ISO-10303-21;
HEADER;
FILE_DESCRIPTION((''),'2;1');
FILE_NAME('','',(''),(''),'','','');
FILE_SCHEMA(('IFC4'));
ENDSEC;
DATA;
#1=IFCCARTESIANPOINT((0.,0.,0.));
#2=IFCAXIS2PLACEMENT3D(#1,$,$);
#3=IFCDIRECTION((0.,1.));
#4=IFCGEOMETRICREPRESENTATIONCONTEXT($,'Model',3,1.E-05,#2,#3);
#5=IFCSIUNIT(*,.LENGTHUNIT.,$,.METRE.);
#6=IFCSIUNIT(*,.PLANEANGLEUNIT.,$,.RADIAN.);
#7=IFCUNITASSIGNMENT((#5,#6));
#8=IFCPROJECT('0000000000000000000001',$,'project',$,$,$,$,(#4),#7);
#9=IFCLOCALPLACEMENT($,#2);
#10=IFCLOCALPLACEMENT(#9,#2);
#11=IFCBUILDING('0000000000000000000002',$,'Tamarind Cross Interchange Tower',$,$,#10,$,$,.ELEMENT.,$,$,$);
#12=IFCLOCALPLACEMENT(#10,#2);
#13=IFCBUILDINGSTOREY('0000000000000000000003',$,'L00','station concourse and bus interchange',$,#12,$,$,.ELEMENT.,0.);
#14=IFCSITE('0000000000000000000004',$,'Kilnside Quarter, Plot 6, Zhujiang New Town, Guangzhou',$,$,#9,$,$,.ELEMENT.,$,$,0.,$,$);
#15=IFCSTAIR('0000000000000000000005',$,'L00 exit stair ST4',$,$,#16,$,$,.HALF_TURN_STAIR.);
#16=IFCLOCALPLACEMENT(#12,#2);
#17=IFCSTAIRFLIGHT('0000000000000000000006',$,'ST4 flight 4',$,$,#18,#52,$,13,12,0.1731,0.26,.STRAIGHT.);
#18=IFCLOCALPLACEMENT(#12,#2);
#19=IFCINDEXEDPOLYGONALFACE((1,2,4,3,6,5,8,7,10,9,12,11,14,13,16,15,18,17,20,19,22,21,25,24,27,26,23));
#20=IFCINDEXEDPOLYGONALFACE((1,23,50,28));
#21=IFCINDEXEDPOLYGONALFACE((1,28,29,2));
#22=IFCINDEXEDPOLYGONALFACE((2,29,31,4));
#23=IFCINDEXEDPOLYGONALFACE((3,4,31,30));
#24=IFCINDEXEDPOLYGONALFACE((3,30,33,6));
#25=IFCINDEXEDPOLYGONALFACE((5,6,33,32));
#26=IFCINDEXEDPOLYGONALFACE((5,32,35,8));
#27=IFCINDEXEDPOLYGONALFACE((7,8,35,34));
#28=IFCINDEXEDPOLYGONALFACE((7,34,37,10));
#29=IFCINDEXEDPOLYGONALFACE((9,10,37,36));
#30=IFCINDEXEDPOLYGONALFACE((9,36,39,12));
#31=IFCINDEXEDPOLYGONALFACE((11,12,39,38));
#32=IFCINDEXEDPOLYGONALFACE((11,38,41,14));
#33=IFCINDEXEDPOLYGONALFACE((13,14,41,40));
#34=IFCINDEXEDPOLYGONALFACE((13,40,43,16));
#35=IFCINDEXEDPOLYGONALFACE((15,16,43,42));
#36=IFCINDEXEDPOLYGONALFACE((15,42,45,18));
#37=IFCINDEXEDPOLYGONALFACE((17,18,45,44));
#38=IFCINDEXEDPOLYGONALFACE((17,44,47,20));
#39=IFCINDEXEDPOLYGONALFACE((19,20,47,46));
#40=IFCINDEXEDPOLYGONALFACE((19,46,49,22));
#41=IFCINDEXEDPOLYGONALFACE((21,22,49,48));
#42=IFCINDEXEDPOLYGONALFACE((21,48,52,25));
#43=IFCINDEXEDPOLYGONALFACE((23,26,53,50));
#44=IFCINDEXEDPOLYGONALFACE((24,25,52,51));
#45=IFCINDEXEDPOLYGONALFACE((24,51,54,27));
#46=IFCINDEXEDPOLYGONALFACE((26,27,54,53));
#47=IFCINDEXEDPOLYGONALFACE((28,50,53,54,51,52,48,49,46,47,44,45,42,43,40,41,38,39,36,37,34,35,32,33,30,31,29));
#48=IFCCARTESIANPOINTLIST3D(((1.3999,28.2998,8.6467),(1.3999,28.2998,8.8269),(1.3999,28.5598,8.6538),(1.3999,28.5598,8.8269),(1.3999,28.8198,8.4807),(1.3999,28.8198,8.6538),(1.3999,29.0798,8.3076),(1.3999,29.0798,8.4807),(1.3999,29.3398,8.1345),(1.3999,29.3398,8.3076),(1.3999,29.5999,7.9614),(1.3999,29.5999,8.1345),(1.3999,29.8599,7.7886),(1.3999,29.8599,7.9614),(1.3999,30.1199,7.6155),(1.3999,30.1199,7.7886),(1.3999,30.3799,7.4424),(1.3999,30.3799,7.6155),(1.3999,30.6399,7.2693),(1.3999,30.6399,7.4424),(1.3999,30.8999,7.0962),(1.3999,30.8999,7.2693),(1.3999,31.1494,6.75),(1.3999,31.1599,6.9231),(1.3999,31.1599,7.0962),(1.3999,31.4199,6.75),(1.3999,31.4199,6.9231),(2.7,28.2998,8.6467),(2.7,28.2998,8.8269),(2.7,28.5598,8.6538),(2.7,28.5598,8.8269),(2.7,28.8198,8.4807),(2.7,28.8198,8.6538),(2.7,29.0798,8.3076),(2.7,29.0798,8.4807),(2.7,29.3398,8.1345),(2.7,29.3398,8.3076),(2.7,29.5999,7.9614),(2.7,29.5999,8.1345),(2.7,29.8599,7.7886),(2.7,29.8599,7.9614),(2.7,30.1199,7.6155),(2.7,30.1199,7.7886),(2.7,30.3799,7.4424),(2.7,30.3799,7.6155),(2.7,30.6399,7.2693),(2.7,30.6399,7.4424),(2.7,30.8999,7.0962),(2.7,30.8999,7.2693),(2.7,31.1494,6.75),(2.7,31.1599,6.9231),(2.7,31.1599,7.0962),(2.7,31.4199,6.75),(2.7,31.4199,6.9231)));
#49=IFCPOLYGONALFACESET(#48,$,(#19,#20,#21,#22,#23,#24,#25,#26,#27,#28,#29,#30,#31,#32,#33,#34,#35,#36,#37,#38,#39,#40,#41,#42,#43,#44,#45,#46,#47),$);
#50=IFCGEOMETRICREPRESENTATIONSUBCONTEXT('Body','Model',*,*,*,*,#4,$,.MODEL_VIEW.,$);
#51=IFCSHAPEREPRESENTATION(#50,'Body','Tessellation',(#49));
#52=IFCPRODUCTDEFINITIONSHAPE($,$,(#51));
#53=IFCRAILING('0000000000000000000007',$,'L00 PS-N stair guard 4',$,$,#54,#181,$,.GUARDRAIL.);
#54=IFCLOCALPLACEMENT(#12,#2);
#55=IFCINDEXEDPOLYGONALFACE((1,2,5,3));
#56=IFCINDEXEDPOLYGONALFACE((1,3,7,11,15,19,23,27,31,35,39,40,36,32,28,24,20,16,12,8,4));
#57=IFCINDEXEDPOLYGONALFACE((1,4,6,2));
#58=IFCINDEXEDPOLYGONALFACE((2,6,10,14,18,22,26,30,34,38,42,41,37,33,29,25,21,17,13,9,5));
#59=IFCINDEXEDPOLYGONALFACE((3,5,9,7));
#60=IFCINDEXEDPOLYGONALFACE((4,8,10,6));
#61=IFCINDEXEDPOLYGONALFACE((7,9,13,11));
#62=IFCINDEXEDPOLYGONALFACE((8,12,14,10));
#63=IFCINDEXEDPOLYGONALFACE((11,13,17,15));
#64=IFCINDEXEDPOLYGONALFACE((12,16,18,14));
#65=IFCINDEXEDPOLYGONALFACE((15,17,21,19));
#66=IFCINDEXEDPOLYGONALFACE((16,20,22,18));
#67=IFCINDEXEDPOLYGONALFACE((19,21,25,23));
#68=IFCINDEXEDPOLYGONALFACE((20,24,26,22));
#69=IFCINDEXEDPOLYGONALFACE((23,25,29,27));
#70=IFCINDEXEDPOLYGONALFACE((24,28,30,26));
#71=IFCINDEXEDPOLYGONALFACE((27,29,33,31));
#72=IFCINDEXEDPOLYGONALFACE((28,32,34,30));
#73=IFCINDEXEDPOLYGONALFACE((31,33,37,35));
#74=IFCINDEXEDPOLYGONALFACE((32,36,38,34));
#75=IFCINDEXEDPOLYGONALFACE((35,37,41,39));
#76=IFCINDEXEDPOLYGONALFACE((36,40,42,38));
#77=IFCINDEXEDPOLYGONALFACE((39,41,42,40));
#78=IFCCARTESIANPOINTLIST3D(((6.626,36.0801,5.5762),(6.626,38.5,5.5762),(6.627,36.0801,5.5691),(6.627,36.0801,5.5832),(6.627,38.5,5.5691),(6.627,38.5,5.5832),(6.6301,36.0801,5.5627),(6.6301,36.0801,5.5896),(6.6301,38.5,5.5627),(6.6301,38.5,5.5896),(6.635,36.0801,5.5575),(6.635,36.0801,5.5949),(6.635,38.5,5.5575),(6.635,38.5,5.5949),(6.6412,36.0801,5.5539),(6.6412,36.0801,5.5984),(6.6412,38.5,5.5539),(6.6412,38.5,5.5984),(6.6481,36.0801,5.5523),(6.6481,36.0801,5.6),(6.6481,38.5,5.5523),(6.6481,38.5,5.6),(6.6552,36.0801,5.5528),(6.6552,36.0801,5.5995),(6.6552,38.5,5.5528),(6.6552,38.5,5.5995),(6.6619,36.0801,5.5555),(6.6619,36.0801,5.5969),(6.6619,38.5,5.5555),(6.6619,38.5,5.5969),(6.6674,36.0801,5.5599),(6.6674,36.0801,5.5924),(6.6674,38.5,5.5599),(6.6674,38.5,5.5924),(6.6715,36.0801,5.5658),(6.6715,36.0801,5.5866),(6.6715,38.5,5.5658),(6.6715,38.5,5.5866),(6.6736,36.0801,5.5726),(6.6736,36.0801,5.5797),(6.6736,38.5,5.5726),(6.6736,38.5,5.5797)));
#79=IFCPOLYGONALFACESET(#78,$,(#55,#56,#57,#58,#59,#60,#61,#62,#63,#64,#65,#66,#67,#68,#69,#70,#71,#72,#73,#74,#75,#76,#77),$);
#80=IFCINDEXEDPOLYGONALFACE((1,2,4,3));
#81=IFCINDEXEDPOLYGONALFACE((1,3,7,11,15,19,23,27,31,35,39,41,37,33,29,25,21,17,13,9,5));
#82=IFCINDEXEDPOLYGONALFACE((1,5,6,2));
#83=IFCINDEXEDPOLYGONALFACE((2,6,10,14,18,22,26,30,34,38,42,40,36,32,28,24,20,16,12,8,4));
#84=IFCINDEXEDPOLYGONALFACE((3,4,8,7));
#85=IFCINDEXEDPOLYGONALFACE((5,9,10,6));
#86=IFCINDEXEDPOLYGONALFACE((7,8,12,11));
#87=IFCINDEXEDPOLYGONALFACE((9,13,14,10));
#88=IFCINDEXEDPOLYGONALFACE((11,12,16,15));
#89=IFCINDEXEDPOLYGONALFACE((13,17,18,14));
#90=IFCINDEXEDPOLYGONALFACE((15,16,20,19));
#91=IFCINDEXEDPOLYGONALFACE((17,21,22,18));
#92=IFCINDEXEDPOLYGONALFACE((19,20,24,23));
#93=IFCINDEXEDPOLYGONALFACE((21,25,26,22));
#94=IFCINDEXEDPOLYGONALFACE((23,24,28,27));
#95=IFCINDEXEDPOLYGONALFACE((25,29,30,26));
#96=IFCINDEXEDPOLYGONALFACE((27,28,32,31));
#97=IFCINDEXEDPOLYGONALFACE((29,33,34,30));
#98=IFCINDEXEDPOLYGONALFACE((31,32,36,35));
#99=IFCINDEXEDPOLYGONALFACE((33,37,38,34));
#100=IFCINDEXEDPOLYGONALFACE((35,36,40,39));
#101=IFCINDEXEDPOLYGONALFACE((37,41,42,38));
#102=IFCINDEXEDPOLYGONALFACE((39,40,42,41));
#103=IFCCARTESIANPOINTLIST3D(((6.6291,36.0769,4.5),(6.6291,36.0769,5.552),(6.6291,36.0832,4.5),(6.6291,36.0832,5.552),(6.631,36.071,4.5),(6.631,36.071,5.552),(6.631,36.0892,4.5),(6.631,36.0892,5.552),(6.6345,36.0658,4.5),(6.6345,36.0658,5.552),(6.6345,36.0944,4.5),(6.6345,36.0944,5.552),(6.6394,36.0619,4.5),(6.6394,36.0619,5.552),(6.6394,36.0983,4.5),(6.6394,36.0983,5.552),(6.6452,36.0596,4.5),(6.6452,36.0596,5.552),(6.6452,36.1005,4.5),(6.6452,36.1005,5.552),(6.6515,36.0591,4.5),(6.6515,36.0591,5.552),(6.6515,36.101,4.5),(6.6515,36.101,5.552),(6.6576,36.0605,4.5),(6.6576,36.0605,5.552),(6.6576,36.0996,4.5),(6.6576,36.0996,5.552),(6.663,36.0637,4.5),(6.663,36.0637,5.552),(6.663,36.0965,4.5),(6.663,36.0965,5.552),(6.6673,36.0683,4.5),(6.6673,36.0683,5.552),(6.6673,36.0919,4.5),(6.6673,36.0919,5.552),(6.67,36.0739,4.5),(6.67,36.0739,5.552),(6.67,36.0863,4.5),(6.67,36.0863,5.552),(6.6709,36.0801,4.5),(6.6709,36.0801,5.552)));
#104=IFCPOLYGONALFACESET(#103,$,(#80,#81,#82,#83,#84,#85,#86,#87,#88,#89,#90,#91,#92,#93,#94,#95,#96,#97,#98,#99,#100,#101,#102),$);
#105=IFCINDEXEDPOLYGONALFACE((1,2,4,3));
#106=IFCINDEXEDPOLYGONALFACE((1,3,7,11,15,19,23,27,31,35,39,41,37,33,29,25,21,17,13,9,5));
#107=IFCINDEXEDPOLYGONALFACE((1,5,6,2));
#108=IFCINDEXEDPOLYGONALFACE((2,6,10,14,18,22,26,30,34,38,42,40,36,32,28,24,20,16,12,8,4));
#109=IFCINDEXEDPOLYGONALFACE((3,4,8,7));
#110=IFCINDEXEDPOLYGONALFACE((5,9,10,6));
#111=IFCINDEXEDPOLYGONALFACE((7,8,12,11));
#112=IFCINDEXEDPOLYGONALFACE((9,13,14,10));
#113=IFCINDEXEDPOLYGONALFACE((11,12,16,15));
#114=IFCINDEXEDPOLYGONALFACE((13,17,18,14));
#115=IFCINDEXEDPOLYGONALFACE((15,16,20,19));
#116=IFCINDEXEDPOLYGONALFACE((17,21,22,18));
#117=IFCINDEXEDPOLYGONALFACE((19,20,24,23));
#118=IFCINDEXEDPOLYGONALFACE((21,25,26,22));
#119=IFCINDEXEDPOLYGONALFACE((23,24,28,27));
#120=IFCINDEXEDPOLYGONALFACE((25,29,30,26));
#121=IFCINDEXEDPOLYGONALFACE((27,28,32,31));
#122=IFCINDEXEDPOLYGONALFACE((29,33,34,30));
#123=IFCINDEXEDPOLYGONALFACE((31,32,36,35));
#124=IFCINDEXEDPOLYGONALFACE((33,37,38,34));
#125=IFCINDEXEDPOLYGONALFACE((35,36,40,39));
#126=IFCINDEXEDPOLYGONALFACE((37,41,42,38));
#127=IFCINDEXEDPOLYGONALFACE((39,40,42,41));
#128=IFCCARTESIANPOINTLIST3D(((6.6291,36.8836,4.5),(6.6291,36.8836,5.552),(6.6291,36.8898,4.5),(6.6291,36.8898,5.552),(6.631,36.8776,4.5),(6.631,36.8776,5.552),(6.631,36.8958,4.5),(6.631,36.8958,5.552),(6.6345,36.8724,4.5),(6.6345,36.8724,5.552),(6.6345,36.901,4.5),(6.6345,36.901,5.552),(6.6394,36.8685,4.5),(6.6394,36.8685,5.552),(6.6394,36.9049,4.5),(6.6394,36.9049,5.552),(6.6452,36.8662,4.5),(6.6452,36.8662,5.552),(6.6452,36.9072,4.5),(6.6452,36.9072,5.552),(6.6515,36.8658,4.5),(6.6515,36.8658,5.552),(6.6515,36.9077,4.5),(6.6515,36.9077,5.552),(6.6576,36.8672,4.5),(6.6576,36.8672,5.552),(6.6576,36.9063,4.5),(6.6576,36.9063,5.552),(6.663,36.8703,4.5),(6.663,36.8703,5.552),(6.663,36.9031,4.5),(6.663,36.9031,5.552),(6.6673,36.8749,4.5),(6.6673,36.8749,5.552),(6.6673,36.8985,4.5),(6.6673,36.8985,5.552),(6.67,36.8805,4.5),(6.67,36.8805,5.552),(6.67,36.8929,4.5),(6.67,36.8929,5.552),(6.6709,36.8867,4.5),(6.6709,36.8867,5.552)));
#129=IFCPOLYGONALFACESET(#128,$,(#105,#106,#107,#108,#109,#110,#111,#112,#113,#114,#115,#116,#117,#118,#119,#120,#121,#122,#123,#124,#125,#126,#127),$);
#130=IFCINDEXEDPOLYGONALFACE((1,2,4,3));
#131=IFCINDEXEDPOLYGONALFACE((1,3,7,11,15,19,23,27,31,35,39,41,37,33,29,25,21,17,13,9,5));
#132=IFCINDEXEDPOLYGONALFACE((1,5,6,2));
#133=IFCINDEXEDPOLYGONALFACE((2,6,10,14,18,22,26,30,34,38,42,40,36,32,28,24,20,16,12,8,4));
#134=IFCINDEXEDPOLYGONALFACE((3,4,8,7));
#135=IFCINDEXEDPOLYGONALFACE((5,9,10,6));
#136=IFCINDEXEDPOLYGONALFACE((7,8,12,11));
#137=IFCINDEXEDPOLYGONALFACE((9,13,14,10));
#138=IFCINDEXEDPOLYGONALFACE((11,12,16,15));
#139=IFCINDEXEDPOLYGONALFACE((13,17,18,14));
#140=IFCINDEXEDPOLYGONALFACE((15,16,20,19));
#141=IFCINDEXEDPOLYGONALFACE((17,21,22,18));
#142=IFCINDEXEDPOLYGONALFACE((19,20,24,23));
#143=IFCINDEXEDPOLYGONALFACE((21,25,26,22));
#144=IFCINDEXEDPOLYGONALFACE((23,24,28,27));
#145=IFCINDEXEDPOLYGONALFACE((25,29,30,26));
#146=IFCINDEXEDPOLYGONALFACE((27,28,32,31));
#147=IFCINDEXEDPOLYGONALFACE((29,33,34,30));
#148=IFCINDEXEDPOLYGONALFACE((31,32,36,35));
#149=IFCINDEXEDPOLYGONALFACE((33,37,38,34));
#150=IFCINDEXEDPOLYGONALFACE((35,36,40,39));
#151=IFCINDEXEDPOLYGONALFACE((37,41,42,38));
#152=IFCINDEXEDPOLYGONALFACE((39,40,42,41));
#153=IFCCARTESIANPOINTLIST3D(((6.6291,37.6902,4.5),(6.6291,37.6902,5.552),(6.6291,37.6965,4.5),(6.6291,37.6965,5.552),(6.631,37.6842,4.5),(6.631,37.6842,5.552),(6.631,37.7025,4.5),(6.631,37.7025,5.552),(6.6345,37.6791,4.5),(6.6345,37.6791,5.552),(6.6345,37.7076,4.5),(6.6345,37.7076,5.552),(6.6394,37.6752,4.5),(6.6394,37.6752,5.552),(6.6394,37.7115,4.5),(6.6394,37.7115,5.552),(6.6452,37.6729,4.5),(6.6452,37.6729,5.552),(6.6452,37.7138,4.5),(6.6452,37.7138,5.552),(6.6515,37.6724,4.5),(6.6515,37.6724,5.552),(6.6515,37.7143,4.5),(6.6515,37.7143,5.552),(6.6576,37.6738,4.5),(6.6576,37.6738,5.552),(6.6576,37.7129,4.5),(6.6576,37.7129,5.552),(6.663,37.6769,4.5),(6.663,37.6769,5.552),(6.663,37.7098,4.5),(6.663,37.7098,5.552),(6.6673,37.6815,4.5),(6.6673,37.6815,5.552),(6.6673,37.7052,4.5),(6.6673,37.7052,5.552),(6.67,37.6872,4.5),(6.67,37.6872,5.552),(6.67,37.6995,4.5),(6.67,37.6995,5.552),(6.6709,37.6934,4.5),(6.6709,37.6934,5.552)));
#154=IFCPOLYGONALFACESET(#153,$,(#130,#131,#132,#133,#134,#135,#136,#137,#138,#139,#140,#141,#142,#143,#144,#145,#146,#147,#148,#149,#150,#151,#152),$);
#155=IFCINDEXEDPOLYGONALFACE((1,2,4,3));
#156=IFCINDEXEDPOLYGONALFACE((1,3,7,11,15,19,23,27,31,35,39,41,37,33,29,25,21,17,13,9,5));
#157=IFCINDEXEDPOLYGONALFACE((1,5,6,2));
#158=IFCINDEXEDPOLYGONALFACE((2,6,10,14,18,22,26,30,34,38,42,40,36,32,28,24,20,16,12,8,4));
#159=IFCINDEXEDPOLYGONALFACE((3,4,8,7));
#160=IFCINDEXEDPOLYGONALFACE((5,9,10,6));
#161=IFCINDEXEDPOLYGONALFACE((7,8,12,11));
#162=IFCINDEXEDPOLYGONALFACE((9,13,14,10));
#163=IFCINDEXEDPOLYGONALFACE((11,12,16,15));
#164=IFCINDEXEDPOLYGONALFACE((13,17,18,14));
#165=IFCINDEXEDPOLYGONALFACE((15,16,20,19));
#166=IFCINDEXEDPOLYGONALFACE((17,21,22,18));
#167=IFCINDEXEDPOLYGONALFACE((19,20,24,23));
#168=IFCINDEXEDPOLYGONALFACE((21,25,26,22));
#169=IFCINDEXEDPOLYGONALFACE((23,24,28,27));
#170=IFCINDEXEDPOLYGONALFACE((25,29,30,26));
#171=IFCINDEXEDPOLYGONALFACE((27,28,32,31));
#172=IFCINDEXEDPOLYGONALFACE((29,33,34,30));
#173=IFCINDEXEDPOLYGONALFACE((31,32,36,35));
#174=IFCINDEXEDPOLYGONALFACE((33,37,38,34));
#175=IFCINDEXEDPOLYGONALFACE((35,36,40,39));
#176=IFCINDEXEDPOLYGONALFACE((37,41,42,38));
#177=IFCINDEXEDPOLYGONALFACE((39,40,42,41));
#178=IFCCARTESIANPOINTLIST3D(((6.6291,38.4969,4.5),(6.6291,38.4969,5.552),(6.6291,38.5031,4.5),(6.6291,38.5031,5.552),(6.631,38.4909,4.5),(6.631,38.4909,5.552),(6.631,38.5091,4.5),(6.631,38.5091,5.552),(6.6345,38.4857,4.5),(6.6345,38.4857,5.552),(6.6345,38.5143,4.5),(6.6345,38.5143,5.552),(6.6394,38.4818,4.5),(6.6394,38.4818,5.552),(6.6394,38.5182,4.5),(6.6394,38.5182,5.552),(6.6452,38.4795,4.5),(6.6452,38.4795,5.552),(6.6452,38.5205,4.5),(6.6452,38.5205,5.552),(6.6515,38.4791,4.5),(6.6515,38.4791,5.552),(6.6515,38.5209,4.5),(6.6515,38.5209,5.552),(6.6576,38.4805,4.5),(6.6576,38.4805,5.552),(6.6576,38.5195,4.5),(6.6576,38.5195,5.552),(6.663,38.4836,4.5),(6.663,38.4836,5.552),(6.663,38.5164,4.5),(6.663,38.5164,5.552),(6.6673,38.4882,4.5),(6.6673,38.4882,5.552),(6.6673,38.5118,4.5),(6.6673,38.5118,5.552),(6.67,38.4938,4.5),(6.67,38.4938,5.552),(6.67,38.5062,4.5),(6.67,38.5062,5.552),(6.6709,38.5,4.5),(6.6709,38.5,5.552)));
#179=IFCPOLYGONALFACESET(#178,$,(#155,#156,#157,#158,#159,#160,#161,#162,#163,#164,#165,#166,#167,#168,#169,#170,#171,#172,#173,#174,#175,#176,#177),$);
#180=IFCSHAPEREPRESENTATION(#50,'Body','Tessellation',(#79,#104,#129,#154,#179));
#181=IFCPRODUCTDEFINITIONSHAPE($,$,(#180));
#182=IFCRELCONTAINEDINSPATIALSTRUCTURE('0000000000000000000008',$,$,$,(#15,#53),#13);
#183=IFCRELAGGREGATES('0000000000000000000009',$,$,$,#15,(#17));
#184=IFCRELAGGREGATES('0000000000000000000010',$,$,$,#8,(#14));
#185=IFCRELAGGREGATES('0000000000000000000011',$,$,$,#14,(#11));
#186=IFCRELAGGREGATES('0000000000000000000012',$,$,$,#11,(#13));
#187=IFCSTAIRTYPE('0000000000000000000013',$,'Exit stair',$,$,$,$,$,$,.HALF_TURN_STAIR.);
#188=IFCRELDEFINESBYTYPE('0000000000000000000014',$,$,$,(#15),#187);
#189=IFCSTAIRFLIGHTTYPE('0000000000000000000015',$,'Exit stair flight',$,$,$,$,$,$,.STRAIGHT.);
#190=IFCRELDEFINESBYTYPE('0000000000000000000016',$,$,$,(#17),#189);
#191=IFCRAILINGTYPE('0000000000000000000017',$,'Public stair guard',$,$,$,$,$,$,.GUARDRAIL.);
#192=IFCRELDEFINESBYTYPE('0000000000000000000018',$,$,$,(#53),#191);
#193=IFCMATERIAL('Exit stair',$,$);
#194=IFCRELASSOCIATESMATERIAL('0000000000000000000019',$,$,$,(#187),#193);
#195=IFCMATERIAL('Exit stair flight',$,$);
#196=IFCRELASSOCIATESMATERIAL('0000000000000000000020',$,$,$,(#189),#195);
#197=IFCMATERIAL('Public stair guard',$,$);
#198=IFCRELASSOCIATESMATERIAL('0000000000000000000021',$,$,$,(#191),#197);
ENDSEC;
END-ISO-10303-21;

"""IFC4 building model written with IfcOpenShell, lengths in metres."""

from ifc_helpers import new_model, si_unit, direction, frame, origin, origin_2d, place, context, subcontext, project, spatial, polyline, circle, outline, extrude, material, type_object, element, aggregate, save


model = new_model("IFC4")

# Units and contexts
model_context = context("Model", 3, precision=1e-05, world=origin(), true_north=direction((0.0, 1.0)))
body_context = subcontext(model_context, "Body", "Model", "MODEL_VIEW")
ifc_project = project(units=[si_unit("LENGTHUNIT", "METRE"), si_unit("PLANEANGLEUNIT", "RADIAN")], contexts=[model_context])

# Site, building, storey
site_placement = place(None, origin())
site = spatial("IfcSite", under=ifc_project, at=site_placement, Name="Kilnside Quarter, Plot 6, Zhujiang New Town, Guangzhou", CompositionType="ELEMENT", RefElevation=0.0)
building_placement = place(site_placement, origin())
building = spatial("IfcBuilding", under=site, at=building_placement, Name="Tamarind Cross Interchange Tower", CompositionType="ELEMENT")
storey_placement = place(building_placement, origin())
storey = spatial("IfcBuildingStorey", under=building, at=storey_placement, Name="L00", Description="station concourse and bus interchange", CompositionType="ELEMENT", Elevation=0.0)

# Shared definitions
ifc_material_1 = material(Name="Exit stair")
stair_type = type_object("IfcStairType", Name="Exit stair", PredefinedType="HALF_TURN_STAIR", material=ifc_material_1)

# Stair, stair flight
stair_1_placement = place(storey_placement, origin())
stair_1 = element("IfcStair", 1, at=stair_1_placement, inside=storey, type_object=stair_type, Name="L00 exit stair ST4", PredefinedType="HALF_TURN_STAIR")
ifc_material_2 = material(Name="Exit stair flight")
stair_flight_type = type_object("IfcStairFlightType", Name="Exit stair flight", PredefinedType="STRAIGHT", material=ifc_material_2)
stair_flight_1_placement = place(storey_placement, frame((2.05, 31.4199, 6.75), z_axis=(0.0, 0.0, 1.0), x_axis=(0.0, -1.0, 0.0)))
stair_flight_1 = element("IfcStairFlight", 2, at=stair_flight_1_placement, type_object=stair_flight_type, Name="ST4 flight 4", NumberOfRisers=13, NumberOfTreads=12, PredefinedType="STRAIGHT", RiserHeight=0.1731, TreadLength=0.26, context=body_context, shape_type="SweptSolid", body=[
    extrude(outline(polyline([(0.0, 0.0), (0.0, 0.1731), (0.26, 0.1731), (0.26, 0.3462), (0.52, 0.3462), (0.52, 0.5193), (0.78, 0.5193), (0.78, 0.6924), (1.04, 0.6924), (1.04, 0.8655), (1.3, 0.8655), (1.3, 1.0386), (1.5601, 1.0386), (1.5601, 1.2114), (1.8201, 1.2114), (1.8201, 1.3845), (2.0801, 1.3845), (2.0801, 1.5576), (2.3401, 1.5576), (2.3401, 1.7307), (2.6001, 1.7307), (2.6001, 1.9038), (2.8601, 1.9038), (2.8601, 2.0769), (3.1201, 2.0769), (3.1201, 2.25), (3.1201, 1.8967), (0.2705, 0.0), (0.0, 0.0)])), frame((0.0, 0.6499, 0.0), z_axis=(0.0, -1.0, 0.0), x_axis=(1.0, 0.0, 0.0)), (0.0, 0.0, 1.0), 1.3),
])
aggregate(stair_1, [stair_flight_1])

# Railing
ifc_material_3 = material(Name="Public stair guard")
railing_type_1 = type_object("IfcRailingType", Name="Public stair guard", PredefinedType="GUARDRAIL", material=ifc_material_3)
railing_1_placement = place(storey_placement, frame((6.6499, 36.0801, 4.5)))
element("IfcRailing", 3, at=railing_1_placement, inside=storey, type_object=railing_type_1, Name="L00 PS-N stair guard 4", PredefinedType="GUARDRAIL", context=body_context, shape_type="SweptSolid", body=[
    extrude(circle(Radius=0.0239, at=origin_2d()), frame((0.0, 0.0, 1.0762), z_axis=(0.0, 1.0, 0.0), x_axis=(-1.0, 0.0, 0.0)), (0.0, 0.0, 1.0), 2.4199),
    extrude(circle(Radius=0.021, at=origin_2d()), origin(), (0.0, 0.0, 1.0), 1.052),
    extrude(circle(Radius=0.021, at=origin_2d()), frame((0.0, 0.8066, 0.0)), (0.0, 0.0, 1.0), 1.052),
    extrude(circle(Radius=0.021, at=origin_2d()), frame((0.0, 1.6133, 0.0)), (0.0, 0.0, 1.0), 1.052),
    extrude(circle(Radius=0.021, at=origin_2d()), frame((0.0, 2.4199, 0.0)), (0.0, 0.0, 1.0), 1.052),
])

save(model, "model.ifc")
